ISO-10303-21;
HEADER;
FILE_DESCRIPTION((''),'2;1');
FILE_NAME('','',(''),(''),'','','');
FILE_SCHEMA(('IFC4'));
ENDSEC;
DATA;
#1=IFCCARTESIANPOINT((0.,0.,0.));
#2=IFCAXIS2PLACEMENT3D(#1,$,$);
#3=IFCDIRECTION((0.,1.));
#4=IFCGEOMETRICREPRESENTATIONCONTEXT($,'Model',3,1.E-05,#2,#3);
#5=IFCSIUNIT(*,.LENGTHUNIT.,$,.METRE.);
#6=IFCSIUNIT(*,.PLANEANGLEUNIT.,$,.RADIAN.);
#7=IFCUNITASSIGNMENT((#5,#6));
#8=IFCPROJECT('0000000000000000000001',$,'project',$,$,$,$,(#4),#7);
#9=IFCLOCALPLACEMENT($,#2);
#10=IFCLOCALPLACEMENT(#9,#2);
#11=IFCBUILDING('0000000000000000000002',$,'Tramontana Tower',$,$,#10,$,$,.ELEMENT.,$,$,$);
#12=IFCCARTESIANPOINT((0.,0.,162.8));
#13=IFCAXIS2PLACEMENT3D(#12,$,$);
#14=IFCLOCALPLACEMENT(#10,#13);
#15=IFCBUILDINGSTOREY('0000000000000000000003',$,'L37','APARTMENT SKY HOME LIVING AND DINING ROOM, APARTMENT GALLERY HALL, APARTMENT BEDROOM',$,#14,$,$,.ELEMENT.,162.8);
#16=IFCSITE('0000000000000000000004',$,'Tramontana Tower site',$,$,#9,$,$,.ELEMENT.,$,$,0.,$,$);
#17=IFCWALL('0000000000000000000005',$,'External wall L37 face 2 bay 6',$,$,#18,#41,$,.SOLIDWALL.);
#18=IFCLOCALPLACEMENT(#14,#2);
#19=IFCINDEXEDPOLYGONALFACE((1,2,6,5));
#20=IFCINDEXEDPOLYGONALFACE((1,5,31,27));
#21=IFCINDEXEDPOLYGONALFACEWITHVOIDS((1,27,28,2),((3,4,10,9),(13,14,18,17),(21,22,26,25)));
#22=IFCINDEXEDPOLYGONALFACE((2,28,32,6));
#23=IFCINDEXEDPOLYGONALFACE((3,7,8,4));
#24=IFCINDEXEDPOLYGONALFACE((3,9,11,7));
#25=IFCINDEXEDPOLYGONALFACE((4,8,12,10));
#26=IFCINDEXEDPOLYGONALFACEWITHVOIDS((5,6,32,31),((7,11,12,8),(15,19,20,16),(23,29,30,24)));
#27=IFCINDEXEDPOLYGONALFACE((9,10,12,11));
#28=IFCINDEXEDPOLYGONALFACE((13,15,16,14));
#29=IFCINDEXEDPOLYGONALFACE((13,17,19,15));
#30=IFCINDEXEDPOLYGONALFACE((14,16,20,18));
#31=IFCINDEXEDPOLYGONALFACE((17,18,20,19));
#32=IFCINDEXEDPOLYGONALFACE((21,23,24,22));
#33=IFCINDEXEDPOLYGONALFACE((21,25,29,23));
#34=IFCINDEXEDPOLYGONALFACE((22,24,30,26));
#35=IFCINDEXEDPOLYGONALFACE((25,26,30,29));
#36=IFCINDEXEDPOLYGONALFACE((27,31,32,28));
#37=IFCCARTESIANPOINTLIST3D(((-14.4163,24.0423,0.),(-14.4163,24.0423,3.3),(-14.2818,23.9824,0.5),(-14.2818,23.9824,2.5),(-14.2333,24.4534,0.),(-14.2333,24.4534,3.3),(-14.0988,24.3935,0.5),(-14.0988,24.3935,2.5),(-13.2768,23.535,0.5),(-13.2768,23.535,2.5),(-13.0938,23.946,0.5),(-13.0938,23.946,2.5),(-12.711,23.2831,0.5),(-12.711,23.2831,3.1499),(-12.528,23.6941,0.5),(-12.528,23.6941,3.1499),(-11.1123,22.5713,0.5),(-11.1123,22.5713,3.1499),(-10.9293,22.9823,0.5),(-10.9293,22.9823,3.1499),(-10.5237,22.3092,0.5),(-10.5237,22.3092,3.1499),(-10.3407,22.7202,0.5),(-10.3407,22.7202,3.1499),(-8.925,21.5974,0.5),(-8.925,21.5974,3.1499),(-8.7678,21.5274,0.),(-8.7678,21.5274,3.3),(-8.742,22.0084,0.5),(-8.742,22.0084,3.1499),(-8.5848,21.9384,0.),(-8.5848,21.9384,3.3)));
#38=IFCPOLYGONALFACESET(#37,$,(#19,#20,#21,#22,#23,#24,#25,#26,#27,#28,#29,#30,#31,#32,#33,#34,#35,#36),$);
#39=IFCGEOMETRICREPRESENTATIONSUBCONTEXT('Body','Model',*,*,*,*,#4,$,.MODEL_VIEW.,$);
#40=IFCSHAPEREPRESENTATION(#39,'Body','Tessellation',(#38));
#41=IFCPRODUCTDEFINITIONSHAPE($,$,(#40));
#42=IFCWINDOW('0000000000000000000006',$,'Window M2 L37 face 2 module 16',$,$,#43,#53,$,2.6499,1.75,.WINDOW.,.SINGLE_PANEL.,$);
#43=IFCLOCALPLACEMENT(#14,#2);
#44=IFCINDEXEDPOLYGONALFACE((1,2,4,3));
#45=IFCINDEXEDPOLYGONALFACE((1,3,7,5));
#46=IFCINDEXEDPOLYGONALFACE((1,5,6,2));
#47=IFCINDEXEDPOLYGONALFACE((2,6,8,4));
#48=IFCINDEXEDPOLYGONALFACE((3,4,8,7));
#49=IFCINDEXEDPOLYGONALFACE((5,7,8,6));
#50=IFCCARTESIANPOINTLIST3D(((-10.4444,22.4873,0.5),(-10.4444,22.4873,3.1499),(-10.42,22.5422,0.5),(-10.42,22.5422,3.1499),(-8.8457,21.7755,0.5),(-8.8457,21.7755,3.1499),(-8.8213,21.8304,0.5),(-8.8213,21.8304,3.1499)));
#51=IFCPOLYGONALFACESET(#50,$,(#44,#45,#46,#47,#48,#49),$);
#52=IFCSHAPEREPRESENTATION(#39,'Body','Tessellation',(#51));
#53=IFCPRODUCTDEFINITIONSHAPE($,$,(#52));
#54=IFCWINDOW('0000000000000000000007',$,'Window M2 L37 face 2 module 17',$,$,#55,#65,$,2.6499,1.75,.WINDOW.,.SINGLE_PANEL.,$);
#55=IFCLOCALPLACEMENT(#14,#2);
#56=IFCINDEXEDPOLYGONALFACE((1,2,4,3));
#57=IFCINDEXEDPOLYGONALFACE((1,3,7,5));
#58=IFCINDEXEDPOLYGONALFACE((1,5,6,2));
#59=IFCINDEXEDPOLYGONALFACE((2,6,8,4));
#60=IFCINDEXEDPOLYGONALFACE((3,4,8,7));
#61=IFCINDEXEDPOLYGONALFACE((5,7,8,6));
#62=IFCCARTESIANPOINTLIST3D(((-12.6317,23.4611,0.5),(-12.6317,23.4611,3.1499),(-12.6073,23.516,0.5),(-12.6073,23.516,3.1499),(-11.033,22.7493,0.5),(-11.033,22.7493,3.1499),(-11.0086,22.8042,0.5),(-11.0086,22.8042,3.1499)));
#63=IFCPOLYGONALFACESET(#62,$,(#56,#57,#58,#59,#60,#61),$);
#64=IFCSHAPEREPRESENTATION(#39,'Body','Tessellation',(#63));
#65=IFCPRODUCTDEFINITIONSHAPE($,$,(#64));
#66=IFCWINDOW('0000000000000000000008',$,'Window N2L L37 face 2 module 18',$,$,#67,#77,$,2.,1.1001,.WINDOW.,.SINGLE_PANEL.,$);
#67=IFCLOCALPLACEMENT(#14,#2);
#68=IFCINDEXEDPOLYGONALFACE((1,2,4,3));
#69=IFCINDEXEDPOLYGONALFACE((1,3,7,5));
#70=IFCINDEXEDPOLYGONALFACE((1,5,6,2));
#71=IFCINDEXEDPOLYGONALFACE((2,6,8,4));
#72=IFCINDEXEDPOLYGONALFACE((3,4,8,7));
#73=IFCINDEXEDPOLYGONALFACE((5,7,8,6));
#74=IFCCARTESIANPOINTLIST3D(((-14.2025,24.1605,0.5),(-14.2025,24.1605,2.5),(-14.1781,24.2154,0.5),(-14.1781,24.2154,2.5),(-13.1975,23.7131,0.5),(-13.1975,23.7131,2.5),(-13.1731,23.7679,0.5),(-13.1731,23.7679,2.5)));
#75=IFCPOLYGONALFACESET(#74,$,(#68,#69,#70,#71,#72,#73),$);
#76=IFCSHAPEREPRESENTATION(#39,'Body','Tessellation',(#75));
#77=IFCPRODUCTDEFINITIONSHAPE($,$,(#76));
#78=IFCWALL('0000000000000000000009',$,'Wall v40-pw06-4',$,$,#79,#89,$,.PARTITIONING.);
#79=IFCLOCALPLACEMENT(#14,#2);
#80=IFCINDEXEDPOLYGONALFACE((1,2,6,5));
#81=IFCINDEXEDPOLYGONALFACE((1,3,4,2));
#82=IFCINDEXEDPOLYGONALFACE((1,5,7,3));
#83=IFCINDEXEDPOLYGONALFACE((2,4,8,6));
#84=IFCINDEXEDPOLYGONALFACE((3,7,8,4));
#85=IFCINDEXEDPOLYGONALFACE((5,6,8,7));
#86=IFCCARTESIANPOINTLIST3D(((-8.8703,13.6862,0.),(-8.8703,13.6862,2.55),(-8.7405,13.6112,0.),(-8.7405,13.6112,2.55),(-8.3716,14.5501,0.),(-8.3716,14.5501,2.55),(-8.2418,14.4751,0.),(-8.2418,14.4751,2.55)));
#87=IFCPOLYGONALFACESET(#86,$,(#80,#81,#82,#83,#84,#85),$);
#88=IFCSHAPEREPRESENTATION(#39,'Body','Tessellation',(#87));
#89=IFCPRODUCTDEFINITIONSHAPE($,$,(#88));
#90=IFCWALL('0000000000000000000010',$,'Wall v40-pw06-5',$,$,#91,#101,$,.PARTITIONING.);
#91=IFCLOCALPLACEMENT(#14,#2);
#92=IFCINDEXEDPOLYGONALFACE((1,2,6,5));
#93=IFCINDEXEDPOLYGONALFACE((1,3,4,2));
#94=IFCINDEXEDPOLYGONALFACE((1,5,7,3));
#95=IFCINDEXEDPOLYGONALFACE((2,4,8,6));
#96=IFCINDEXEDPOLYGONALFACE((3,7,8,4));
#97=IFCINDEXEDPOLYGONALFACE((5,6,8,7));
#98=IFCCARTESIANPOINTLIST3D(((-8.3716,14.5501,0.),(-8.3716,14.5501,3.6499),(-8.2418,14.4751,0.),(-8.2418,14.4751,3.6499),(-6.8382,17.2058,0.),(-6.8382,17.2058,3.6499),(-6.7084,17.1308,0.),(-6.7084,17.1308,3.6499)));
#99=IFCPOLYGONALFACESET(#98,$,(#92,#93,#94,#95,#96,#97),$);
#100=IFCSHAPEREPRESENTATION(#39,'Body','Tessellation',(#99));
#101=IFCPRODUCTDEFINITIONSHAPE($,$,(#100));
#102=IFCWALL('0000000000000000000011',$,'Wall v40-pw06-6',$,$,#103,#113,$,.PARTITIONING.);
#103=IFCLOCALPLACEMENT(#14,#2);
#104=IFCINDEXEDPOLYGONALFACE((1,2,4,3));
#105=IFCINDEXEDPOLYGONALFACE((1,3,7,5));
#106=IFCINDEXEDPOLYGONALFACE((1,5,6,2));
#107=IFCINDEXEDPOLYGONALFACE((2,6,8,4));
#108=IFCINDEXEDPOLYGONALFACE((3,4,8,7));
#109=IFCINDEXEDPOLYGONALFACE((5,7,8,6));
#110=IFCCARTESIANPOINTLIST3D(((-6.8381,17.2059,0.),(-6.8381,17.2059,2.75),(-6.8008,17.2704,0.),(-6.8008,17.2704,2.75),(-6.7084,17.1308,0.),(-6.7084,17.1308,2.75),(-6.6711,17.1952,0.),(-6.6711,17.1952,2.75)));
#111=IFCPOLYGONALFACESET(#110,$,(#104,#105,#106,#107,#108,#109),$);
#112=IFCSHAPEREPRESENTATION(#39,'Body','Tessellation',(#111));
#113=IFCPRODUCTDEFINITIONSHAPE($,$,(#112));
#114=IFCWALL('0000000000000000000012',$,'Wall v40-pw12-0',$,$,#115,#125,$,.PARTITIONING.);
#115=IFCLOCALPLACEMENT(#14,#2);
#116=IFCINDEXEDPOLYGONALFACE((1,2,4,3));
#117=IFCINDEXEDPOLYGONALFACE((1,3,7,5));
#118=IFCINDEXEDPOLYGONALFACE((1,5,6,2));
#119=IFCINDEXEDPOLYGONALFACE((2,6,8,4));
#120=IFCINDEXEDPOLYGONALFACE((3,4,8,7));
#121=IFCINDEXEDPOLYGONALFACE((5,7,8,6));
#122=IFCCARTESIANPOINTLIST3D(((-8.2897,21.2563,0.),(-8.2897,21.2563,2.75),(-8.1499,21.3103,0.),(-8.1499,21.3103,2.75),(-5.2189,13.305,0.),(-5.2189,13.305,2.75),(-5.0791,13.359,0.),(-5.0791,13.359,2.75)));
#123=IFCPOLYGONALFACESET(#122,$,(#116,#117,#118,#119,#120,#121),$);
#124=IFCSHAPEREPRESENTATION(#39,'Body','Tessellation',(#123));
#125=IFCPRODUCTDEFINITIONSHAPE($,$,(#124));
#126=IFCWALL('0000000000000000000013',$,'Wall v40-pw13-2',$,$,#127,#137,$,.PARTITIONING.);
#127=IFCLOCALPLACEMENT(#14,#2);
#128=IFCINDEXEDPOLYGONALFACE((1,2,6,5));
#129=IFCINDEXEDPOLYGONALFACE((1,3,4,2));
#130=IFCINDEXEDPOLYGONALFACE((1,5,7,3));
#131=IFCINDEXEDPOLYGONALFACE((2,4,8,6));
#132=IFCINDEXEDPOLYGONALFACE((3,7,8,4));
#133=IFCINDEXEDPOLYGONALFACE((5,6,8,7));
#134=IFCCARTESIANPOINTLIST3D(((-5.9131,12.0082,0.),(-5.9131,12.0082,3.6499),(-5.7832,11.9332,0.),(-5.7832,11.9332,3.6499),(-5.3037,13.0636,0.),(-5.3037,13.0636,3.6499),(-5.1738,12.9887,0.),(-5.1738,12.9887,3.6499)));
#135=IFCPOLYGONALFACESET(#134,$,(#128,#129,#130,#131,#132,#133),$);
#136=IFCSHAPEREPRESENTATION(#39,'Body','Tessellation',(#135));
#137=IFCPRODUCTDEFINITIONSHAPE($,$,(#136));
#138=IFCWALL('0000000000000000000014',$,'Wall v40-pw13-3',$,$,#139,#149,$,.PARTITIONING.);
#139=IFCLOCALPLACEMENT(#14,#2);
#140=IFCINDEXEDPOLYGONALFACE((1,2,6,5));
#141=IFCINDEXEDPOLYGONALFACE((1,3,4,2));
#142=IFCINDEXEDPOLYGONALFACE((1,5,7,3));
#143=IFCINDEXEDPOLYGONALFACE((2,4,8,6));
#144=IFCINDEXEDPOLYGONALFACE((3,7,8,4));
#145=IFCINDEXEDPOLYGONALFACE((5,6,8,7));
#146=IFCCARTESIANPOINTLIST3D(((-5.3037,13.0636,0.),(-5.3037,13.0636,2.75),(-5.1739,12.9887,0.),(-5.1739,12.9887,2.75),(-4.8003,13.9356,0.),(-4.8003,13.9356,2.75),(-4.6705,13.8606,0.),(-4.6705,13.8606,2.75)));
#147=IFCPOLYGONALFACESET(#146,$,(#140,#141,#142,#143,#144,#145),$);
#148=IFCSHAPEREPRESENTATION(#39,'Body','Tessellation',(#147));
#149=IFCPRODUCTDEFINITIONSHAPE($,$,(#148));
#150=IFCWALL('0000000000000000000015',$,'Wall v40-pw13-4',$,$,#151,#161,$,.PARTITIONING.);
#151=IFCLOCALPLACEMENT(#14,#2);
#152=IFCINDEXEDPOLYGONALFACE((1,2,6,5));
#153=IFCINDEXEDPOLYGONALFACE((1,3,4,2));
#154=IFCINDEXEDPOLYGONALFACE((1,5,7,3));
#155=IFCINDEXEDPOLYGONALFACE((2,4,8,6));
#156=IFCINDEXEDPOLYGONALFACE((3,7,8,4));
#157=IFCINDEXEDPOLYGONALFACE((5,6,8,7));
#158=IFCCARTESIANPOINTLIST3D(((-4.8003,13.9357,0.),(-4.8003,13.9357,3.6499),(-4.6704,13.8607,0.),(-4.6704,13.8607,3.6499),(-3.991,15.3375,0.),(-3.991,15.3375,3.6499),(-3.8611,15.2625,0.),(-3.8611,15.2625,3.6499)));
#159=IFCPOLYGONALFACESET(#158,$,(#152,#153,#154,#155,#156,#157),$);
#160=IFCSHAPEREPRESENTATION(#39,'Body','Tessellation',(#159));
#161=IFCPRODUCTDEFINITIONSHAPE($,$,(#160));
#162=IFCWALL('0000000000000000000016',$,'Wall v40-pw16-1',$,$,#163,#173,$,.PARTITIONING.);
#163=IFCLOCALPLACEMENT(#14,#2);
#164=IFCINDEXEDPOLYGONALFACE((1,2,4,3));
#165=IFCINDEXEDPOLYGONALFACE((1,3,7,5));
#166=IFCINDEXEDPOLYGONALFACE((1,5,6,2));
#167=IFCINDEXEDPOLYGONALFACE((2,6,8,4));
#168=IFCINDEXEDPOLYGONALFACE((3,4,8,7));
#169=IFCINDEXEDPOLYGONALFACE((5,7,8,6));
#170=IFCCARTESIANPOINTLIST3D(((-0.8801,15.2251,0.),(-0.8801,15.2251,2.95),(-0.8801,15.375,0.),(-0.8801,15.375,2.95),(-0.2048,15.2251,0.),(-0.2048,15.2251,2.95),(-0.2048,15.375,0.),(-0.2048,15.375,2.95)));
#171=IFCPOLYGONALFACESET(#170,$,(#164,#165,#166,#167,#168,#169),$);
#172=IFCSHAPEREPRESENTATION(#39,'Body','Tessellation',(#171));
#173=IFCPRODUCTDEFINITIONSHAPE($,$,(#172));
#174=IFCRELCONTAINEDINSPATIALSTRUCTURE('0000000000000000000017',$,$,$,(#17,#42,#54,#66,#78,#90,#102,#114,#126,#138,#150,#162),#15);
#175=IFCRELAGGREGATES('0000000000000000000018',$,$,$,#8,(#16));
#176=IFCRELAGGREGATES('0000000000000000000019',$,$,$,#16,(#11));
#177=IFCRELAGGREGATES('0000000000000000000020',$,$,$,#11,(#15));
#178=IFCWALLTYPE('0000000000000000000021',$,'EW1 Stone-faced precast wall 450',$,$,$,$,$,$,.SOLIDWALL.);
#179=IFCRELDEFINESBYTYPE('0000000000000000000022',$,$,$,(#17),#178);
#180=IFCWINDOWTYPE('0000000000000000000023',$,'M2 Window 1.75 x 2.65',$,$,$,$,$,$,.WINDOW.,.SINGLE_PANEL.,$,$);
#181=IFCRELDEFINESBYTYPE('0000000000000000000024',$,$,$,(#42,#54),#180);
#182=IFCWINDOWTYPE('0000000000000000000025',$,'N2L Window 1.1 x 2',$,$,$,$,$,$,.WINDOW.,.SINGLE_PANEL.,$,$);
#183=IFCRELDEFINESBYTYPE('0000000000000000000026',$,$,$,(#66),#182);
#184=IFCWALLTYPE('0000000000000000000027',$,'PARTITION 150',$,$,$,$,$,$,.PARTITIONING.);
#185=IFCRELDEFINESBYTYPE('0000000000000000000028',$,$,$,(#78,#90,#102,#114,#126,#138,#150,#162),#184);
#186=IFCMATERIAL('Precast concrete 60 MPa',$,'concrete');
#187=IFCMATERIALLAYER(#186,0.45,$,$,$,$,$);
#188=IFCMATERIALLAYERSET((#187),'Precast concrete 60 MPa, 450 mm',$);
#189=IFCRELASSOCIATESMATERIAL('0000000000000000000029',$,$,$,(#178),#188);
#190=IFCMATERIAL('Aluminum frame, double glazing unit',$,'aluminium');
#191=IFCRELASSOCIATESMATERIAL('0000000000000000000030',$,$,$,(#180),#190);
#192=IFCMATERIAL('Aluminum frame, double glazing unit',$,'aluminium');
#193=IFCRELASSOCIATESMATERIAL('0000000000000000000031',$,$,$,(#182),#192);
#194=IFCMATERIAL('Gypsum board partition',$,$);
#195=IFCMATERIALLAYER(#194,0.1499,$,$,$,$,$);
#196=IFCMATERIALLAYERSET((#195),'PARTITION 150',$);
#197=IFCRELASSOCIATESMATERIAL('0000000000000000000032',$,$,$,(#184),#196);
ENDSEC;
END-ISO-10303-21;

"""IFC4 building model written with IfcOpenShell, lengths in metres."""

from ifc_helpers import new_model, si_unit, direction, frame, frame_2d, origin, place, context, subcontext, project, spatial, rectangle, extrude, material, layer, layer_set, type_object, element, fill, save


model = new_model("IFC4")

# Units and contexts
model_context = context("Model", 3, precision=1e-05, world=origin(), true_north=direction((0.0, 1.0)))
body_context = subcontext(model_context, "Body", "Model", "MODEL_VIEW")
ifc_project = project(units=[si_unit("LENGTHUNIT", "METRE"), si_unit("PLANEANGLEUNIT", "RADIAN")], contexts=[model_context])

# Site, building, storey
site_placement = place(None, origin())
site = spatial("IfcSite", under=ifc_project, at=site_placement, Name="Tramontana Tower site", CompositionType="ELEMENT", RefElevation=0.0)
building_placement = place(site_placement, origin())
building = spatial("IfcBuilding", under=site, at=building_placement, Name="Tramontana Tower", CompositionType="ELEMENT")
storey_placement = place(building_placement, frame((0.0, 0.0, 162.8)))
storey = spatial("IfcBuildingStorey", under=building, at=storey_placement, Name="L37", Description="APARTMENT SKY HOME LIVING AND DINING ROOM, APARTMENT GALLERY HALL, APARTMENT BEDROOM", CompositionType="ELEMENT", Elevation=162.8)

# Wall, openings, windows
ifc_material_1 = material(Name="Precast concrete 60 MPa", Category="concrete")
ifc_layer_1 = layer(ifc_material_1, 0.45)
ifc_layer_set_1 = layer_set([ifc_layer_1], Name="Precast concrete 60 MPa, 450 mm")
wall_type_1 = type_object("IfcWallType", Name="EW1 Stone-faced precast wall 450", PredefinedType="SOLIDWALL", material=ifc_layer_set_1)
ifc_material_2 = material(Name="Aluminum frame, double glazing unit", Category="aluminium")
window_type_1 = type_object("IfcWindowType", Name="M2 Window 1.75 x 2.65", PartitioningType="SINGLE_PANEL", PredefinedType="WINDOW", material=ifc_material_2)
wall_1_placement = place(storey_placement, frame((-8.6763, 21.7329, 0.0), z_axis=(0.0, 0.0, 1.0), x_axis=(-0.913543, 0.406743, 0.0)))
wall_1 = element("IfcWall", 1, at=wall_1_placement, inside=storey, type_object=wall_type_1, Name="External wall L37 face 2 bay 6", PredefinedType="SOLIDWALL", context=body_context, shape_type="SweptSolid", body=[
    extrude(rectangle(XDim=6.1831, YDim=0.45, at=frame_2d((3.0916, 0.0))), origin(), (0.0, 0.0, 1.0), 3.3),
])
opening_1_placement = place(wall_1_placement, frame((0.1721, 0.0, 0.5)))
opening_1 = element("IfcOpeningElement", 2, at=opening_1_placement, cuts=wall_1, PredefinedType="OPENING", context=body_context, shape_type="SweptSolid", body=[
    extrude(rectangle(XDim=1.75, YDim=2.6499, at=frame_2d((0.875, 1.325))), frame((0.0, 0.2349, 0.0), z_axis=(0.0, -1.0, 0.0), x_axis=(1.0, 0.0, 0.0)), (0.0, 0.0, 1.0), 0.47),
])
opening_2_placement = place(wall_1_placement, frame((2.5664, 0.0, 0.5)))
opening_2 = element("IfcOpeningElement", 3, at=opening_2_placement, cuts=wall_1, PredefinedType="OPENING", context=body_context, shape_type="SweptSolid", body=[
    extrude(rectangle(XDim=1.75, YDim=2.6499, at=frame_2d((0.875, 1.325))), frame((0.0, 0.2349, 0.0), z_axis=(0.0, -1.0, 0.0), x_axis=(1.0, 0.0, 0.0)), (0.0, 0.0, 1.0), 0.47),
])
opening_3_placement = place(wall_1_placement, frame((4.9358, 0.0, 0.5)))
opening_3 = element("IfcOpeningElement", 4, at=opening_3_placement, cuts=wall_1, PredefinedType="OPENING", context=body_context, shape_type="SweptSolid", body=[
    extrude(rectangle(XDim=1.1001, YDim=2.0, at=frame_2d((0.55, 1.0))), frame((0.0, 0.2349, 0.0), z_axis=(0.0, -1.0, 0.0), x_axis=(1.0, 0.0, 0.0)), (0.0, 0.0, 1.0), 0.47),
])
window_1_placement = place(opening_1_placement, origin())
window_1 = element("IfcWindow", 5, at=window_1_placement, inside=storey, type_object=window_type_1, Name="Window M2 L37 face 2 module 16", OverallHeight=2.6499, OverallWidth=1.75, PartitioningType="SINGLE_PANEL", PredefinedType="WINDOW", context=body_context, shape_type="SweptSolid", body=[
    extrude(rectangle(XDim=1.75, YDim=2.6499, at=frame_2d((0.875, 1.325))), frame((0.0, 0.03, 0.0), z_axis=(0.0, -1.0, 0.0), x_axis=(1.0, 0.0, 0.0)), (0.0, 0.0, 1.0), 0.0601),
])
fill(opening_1, window_1)
window_2_placement = place(opening_2_placement, origin())
window_2 = element("IfcWindow", 6, at=window_2_placement, inside=storey, type_object=window_type_1, Name="Window M2 L37 face 2 module 17", OverallHeight=2.6499, OverallWidth=1.75, PartitioningType="SINGLE_PANEL", PredefinedType="WINDOW", context=body_context, shape_type="SweptSolid", body=[
    extrude(rectangle(XDim=1.75, YDim=2.6499, at=frame_2d((0.875, 1.325))), frame((0.0, 0.03, 0.0), z_axis=(0.0, -1.0, 0.0), x_axis=(1.0, 0.0, 0.0)), (0.0, 0.0, 1.0), 0.0601),
])
fill(opening_2, window_2)
ifc_material_3 = material(Name="Aluminum frame, double glazing unit", Category="aluminium")
window_type_2 = type_object("IfcWindowType", Name="N2L Window 1.1 x 2", PartitioningType="SINGLE_PANEL", PredefinedType="WINDOW", material=ifc_material_3)
window_3_placement = place(opening_3_placement, origin())
window_3 = element("IfcWindow", 7, at=window_3_placement, inside=storey, type_object=window_type_2, Name="Window N2L L37 face 2 module 18", OverallHeight=2.0, OverallWidth=1.1001, PartitioningType="SINGLE_PANEL", PredefinedType="WINDOW", context=body_context, shape_type="SweptSolid", body=[
    extrude(rectangle(XDim=1.1001, YDim=2.0, at=frame_2d((0.55, 1.0))), frame((0.0, 0.03, 0.0), z_axis=(0.0, -1.0, 0.0), x_axis=(1.0, 0.0, 0.0)), (0.0, 0.0, 1.0), 0.0601),
])
fill(opening_3, window_3)

# Walls
ifc_material_4 = material(Name="Gypsum board partition")
ifc_layer_2 = layer(ifc_material_4, 0.1499)
ifc_layer_set_2 = layer_set([ifc_layer_2], Name="PARTITION 150")
wall_type_2 = type_object("IfcWallType", Name="PARTITION 150", PredefinedType="PARTITIONING", material=ifc_layer_set_2)
wall_2_placement = place(storey_placement, frame((-8.8054, 13.6487, 0.0), z_axis=(0.0, 0.0, 1.0), x_axis=(0.499955, 0.866051, 0.0)))
element("IfcWall", 8, at=wall_2_placement, inside=storey, type_object=wall_type_2, Name="Wall v40-pw06-4", PredefinedType="PARTITIONING", context=body_context, shape_type="SweptSolid", body=[
    extrude(rectangle(XDim=0.9976, YDim=0.1499, at=frame_2d((0.4988, 0.0))), origin(), (0.0, 0.0, 1.0), 2.55),
])
wall_3_placement = place(storey_placement, frame((-8.3066, 14.5127, 0.0), z_axis=(0.0, 0.0, 1.0), x_axis=(0.500035, 0.866005, 0.0)))
element("IfcWall", 9, at=wall_3_placement, inside=storey, type_object=wall_type_2, Name="Wall v40-pw06-5", PredefinedType="PARTITIONING", context=body_context, shape_type="SweptSolid", body=[
    extrude(rectangle(XDim=3.0667, YDim=0.1499, at=frame_2d((1.5332, 0.0))), origin(), (0.0, 0.0, 1.0), 3.6499),
])
wall_4_placement = place(storey_placement, frame((-6.7732, 17.1685, 0.0), z_axis=(0.0, 0.0, 1.0), x_axis=(0.501424, 0.865202, 0.0)))
element("IfcWall", 10, at=wall_4_placement, inside=storey, type_object=wall_type_2, Name="Wall v40-pw06-6", PredefinedType="PARTITIONING", context=body_context, shape_type="SweptSolid", body=[
    extrude(rectangle(XDim=0.0745, YDim=0.1499, at=frame_2d((0.0371, 0.0))), origin(), (0.0, 0.0, 1.0), 2.75),
])
wall_5_placement = place(storey_placement, frame((-8.2197, 21.2832, 0.0), z_axis=(0.0, 0.0, 1.0), x_axis=(0.360263, -0.932851, 0.0)))
element("IfcWall", 11, at=wall_5_placement, inside=storey, type_object=wall_type_2, Name="Wall v40-pw12-0", PredefinedType="PARTITIONING", context=body_context, shape_type="SweptSolid", body=[
    extrude(rectangle(XDim=8.5237, YDim=0.1499, at=frame_2d((4.2617, 0.0))), origin(), (0.0, 0.0, 1.0), 2.75),
])
wall_6_placement = place(storey_placement, frame((-5.8481, 11.9707, 0.0), z_axis=(0.0, 0.0, 1.0), x_axis=(0.500017, 0.866015, 0.0)))
element("IfcWall", 12, at=wall_6_placement, inside=storey, type_object=wall_type_2, Name="Wall v40-pw13-2", PredefinedType="PARTITIONING", context=body_context, shape_type="SweptSolid", body=[
    extrude(rectangle(XDim=1.2188, YDim=0.1499, at=frame_2d((0.6094, 0.0))), origin(), (0.0, 0.0, 1.0), 3.6499),
])
wall_7_placement = place(storey_placement, frame((-5.2388, 13.0261, 0.0), z_axis=(0.0, 0.0, 1.0), x_axis=(0.499946, 0.866056, 0.0)))
element("IfcWall", 13, at=wall_7_placement, inside=storey, type_object=wall_type_2, Name="Wall v40-pw13-3", PredefinedType="PARTITIONING", context=body_context, shape_type="SweptSolid", body=[
    extrude(rectangle(XDim=1.0068, YDim=0.1499, at=frame_2d((0.5034, 0.0))), origin(), (0.0, 0.0, 1.0), 2.75),
])
wall_8_placement = place(storey_placement, frame((-4.7354, 13.8982, 0.0), z_axis=(0.0, 0.0, 1.0), x_axis=(0.499984, 0.866035, 0.0)))
element("IfcWall", 14, at=wall_8_placement, inside=storey, type_object=wall_type_2, Name="Wall v40-pw13-4", PredefinedType="PARTITIONING", context=body_context, shape_type="SweptSolid", body=[
    extrude(rectangle(XDim=1.6187, YDim=0.1499, at=frame_2d((0.8093, 0.0))), origin(), (0.0, 0.0, 1.0), 3.6499),
])

# Wall
wall_9_placement = place(storey_placement, frame((-0.8801, 15.3, 0.0), z_axis=(0.0, 0.0, 1.0), x_axis=(1.0, 0.0, 0.0)))
element("IfcWall", 15, at=wall_9_placement, inside=storey, type_object=wall_type_2, Name="Wall v40-pw16-1", PredefinedType="PARTITIONING", context=body_context, shape_type="SweptSolid", body=[
    extrude(rectangle(XDim=0.6753, YDim=0.1499, at=frame_2d((0.3376, 0.0))), origin(), (0.0, 0.0, 1.0), 2.95),
])

save(model, "model.ifc")
